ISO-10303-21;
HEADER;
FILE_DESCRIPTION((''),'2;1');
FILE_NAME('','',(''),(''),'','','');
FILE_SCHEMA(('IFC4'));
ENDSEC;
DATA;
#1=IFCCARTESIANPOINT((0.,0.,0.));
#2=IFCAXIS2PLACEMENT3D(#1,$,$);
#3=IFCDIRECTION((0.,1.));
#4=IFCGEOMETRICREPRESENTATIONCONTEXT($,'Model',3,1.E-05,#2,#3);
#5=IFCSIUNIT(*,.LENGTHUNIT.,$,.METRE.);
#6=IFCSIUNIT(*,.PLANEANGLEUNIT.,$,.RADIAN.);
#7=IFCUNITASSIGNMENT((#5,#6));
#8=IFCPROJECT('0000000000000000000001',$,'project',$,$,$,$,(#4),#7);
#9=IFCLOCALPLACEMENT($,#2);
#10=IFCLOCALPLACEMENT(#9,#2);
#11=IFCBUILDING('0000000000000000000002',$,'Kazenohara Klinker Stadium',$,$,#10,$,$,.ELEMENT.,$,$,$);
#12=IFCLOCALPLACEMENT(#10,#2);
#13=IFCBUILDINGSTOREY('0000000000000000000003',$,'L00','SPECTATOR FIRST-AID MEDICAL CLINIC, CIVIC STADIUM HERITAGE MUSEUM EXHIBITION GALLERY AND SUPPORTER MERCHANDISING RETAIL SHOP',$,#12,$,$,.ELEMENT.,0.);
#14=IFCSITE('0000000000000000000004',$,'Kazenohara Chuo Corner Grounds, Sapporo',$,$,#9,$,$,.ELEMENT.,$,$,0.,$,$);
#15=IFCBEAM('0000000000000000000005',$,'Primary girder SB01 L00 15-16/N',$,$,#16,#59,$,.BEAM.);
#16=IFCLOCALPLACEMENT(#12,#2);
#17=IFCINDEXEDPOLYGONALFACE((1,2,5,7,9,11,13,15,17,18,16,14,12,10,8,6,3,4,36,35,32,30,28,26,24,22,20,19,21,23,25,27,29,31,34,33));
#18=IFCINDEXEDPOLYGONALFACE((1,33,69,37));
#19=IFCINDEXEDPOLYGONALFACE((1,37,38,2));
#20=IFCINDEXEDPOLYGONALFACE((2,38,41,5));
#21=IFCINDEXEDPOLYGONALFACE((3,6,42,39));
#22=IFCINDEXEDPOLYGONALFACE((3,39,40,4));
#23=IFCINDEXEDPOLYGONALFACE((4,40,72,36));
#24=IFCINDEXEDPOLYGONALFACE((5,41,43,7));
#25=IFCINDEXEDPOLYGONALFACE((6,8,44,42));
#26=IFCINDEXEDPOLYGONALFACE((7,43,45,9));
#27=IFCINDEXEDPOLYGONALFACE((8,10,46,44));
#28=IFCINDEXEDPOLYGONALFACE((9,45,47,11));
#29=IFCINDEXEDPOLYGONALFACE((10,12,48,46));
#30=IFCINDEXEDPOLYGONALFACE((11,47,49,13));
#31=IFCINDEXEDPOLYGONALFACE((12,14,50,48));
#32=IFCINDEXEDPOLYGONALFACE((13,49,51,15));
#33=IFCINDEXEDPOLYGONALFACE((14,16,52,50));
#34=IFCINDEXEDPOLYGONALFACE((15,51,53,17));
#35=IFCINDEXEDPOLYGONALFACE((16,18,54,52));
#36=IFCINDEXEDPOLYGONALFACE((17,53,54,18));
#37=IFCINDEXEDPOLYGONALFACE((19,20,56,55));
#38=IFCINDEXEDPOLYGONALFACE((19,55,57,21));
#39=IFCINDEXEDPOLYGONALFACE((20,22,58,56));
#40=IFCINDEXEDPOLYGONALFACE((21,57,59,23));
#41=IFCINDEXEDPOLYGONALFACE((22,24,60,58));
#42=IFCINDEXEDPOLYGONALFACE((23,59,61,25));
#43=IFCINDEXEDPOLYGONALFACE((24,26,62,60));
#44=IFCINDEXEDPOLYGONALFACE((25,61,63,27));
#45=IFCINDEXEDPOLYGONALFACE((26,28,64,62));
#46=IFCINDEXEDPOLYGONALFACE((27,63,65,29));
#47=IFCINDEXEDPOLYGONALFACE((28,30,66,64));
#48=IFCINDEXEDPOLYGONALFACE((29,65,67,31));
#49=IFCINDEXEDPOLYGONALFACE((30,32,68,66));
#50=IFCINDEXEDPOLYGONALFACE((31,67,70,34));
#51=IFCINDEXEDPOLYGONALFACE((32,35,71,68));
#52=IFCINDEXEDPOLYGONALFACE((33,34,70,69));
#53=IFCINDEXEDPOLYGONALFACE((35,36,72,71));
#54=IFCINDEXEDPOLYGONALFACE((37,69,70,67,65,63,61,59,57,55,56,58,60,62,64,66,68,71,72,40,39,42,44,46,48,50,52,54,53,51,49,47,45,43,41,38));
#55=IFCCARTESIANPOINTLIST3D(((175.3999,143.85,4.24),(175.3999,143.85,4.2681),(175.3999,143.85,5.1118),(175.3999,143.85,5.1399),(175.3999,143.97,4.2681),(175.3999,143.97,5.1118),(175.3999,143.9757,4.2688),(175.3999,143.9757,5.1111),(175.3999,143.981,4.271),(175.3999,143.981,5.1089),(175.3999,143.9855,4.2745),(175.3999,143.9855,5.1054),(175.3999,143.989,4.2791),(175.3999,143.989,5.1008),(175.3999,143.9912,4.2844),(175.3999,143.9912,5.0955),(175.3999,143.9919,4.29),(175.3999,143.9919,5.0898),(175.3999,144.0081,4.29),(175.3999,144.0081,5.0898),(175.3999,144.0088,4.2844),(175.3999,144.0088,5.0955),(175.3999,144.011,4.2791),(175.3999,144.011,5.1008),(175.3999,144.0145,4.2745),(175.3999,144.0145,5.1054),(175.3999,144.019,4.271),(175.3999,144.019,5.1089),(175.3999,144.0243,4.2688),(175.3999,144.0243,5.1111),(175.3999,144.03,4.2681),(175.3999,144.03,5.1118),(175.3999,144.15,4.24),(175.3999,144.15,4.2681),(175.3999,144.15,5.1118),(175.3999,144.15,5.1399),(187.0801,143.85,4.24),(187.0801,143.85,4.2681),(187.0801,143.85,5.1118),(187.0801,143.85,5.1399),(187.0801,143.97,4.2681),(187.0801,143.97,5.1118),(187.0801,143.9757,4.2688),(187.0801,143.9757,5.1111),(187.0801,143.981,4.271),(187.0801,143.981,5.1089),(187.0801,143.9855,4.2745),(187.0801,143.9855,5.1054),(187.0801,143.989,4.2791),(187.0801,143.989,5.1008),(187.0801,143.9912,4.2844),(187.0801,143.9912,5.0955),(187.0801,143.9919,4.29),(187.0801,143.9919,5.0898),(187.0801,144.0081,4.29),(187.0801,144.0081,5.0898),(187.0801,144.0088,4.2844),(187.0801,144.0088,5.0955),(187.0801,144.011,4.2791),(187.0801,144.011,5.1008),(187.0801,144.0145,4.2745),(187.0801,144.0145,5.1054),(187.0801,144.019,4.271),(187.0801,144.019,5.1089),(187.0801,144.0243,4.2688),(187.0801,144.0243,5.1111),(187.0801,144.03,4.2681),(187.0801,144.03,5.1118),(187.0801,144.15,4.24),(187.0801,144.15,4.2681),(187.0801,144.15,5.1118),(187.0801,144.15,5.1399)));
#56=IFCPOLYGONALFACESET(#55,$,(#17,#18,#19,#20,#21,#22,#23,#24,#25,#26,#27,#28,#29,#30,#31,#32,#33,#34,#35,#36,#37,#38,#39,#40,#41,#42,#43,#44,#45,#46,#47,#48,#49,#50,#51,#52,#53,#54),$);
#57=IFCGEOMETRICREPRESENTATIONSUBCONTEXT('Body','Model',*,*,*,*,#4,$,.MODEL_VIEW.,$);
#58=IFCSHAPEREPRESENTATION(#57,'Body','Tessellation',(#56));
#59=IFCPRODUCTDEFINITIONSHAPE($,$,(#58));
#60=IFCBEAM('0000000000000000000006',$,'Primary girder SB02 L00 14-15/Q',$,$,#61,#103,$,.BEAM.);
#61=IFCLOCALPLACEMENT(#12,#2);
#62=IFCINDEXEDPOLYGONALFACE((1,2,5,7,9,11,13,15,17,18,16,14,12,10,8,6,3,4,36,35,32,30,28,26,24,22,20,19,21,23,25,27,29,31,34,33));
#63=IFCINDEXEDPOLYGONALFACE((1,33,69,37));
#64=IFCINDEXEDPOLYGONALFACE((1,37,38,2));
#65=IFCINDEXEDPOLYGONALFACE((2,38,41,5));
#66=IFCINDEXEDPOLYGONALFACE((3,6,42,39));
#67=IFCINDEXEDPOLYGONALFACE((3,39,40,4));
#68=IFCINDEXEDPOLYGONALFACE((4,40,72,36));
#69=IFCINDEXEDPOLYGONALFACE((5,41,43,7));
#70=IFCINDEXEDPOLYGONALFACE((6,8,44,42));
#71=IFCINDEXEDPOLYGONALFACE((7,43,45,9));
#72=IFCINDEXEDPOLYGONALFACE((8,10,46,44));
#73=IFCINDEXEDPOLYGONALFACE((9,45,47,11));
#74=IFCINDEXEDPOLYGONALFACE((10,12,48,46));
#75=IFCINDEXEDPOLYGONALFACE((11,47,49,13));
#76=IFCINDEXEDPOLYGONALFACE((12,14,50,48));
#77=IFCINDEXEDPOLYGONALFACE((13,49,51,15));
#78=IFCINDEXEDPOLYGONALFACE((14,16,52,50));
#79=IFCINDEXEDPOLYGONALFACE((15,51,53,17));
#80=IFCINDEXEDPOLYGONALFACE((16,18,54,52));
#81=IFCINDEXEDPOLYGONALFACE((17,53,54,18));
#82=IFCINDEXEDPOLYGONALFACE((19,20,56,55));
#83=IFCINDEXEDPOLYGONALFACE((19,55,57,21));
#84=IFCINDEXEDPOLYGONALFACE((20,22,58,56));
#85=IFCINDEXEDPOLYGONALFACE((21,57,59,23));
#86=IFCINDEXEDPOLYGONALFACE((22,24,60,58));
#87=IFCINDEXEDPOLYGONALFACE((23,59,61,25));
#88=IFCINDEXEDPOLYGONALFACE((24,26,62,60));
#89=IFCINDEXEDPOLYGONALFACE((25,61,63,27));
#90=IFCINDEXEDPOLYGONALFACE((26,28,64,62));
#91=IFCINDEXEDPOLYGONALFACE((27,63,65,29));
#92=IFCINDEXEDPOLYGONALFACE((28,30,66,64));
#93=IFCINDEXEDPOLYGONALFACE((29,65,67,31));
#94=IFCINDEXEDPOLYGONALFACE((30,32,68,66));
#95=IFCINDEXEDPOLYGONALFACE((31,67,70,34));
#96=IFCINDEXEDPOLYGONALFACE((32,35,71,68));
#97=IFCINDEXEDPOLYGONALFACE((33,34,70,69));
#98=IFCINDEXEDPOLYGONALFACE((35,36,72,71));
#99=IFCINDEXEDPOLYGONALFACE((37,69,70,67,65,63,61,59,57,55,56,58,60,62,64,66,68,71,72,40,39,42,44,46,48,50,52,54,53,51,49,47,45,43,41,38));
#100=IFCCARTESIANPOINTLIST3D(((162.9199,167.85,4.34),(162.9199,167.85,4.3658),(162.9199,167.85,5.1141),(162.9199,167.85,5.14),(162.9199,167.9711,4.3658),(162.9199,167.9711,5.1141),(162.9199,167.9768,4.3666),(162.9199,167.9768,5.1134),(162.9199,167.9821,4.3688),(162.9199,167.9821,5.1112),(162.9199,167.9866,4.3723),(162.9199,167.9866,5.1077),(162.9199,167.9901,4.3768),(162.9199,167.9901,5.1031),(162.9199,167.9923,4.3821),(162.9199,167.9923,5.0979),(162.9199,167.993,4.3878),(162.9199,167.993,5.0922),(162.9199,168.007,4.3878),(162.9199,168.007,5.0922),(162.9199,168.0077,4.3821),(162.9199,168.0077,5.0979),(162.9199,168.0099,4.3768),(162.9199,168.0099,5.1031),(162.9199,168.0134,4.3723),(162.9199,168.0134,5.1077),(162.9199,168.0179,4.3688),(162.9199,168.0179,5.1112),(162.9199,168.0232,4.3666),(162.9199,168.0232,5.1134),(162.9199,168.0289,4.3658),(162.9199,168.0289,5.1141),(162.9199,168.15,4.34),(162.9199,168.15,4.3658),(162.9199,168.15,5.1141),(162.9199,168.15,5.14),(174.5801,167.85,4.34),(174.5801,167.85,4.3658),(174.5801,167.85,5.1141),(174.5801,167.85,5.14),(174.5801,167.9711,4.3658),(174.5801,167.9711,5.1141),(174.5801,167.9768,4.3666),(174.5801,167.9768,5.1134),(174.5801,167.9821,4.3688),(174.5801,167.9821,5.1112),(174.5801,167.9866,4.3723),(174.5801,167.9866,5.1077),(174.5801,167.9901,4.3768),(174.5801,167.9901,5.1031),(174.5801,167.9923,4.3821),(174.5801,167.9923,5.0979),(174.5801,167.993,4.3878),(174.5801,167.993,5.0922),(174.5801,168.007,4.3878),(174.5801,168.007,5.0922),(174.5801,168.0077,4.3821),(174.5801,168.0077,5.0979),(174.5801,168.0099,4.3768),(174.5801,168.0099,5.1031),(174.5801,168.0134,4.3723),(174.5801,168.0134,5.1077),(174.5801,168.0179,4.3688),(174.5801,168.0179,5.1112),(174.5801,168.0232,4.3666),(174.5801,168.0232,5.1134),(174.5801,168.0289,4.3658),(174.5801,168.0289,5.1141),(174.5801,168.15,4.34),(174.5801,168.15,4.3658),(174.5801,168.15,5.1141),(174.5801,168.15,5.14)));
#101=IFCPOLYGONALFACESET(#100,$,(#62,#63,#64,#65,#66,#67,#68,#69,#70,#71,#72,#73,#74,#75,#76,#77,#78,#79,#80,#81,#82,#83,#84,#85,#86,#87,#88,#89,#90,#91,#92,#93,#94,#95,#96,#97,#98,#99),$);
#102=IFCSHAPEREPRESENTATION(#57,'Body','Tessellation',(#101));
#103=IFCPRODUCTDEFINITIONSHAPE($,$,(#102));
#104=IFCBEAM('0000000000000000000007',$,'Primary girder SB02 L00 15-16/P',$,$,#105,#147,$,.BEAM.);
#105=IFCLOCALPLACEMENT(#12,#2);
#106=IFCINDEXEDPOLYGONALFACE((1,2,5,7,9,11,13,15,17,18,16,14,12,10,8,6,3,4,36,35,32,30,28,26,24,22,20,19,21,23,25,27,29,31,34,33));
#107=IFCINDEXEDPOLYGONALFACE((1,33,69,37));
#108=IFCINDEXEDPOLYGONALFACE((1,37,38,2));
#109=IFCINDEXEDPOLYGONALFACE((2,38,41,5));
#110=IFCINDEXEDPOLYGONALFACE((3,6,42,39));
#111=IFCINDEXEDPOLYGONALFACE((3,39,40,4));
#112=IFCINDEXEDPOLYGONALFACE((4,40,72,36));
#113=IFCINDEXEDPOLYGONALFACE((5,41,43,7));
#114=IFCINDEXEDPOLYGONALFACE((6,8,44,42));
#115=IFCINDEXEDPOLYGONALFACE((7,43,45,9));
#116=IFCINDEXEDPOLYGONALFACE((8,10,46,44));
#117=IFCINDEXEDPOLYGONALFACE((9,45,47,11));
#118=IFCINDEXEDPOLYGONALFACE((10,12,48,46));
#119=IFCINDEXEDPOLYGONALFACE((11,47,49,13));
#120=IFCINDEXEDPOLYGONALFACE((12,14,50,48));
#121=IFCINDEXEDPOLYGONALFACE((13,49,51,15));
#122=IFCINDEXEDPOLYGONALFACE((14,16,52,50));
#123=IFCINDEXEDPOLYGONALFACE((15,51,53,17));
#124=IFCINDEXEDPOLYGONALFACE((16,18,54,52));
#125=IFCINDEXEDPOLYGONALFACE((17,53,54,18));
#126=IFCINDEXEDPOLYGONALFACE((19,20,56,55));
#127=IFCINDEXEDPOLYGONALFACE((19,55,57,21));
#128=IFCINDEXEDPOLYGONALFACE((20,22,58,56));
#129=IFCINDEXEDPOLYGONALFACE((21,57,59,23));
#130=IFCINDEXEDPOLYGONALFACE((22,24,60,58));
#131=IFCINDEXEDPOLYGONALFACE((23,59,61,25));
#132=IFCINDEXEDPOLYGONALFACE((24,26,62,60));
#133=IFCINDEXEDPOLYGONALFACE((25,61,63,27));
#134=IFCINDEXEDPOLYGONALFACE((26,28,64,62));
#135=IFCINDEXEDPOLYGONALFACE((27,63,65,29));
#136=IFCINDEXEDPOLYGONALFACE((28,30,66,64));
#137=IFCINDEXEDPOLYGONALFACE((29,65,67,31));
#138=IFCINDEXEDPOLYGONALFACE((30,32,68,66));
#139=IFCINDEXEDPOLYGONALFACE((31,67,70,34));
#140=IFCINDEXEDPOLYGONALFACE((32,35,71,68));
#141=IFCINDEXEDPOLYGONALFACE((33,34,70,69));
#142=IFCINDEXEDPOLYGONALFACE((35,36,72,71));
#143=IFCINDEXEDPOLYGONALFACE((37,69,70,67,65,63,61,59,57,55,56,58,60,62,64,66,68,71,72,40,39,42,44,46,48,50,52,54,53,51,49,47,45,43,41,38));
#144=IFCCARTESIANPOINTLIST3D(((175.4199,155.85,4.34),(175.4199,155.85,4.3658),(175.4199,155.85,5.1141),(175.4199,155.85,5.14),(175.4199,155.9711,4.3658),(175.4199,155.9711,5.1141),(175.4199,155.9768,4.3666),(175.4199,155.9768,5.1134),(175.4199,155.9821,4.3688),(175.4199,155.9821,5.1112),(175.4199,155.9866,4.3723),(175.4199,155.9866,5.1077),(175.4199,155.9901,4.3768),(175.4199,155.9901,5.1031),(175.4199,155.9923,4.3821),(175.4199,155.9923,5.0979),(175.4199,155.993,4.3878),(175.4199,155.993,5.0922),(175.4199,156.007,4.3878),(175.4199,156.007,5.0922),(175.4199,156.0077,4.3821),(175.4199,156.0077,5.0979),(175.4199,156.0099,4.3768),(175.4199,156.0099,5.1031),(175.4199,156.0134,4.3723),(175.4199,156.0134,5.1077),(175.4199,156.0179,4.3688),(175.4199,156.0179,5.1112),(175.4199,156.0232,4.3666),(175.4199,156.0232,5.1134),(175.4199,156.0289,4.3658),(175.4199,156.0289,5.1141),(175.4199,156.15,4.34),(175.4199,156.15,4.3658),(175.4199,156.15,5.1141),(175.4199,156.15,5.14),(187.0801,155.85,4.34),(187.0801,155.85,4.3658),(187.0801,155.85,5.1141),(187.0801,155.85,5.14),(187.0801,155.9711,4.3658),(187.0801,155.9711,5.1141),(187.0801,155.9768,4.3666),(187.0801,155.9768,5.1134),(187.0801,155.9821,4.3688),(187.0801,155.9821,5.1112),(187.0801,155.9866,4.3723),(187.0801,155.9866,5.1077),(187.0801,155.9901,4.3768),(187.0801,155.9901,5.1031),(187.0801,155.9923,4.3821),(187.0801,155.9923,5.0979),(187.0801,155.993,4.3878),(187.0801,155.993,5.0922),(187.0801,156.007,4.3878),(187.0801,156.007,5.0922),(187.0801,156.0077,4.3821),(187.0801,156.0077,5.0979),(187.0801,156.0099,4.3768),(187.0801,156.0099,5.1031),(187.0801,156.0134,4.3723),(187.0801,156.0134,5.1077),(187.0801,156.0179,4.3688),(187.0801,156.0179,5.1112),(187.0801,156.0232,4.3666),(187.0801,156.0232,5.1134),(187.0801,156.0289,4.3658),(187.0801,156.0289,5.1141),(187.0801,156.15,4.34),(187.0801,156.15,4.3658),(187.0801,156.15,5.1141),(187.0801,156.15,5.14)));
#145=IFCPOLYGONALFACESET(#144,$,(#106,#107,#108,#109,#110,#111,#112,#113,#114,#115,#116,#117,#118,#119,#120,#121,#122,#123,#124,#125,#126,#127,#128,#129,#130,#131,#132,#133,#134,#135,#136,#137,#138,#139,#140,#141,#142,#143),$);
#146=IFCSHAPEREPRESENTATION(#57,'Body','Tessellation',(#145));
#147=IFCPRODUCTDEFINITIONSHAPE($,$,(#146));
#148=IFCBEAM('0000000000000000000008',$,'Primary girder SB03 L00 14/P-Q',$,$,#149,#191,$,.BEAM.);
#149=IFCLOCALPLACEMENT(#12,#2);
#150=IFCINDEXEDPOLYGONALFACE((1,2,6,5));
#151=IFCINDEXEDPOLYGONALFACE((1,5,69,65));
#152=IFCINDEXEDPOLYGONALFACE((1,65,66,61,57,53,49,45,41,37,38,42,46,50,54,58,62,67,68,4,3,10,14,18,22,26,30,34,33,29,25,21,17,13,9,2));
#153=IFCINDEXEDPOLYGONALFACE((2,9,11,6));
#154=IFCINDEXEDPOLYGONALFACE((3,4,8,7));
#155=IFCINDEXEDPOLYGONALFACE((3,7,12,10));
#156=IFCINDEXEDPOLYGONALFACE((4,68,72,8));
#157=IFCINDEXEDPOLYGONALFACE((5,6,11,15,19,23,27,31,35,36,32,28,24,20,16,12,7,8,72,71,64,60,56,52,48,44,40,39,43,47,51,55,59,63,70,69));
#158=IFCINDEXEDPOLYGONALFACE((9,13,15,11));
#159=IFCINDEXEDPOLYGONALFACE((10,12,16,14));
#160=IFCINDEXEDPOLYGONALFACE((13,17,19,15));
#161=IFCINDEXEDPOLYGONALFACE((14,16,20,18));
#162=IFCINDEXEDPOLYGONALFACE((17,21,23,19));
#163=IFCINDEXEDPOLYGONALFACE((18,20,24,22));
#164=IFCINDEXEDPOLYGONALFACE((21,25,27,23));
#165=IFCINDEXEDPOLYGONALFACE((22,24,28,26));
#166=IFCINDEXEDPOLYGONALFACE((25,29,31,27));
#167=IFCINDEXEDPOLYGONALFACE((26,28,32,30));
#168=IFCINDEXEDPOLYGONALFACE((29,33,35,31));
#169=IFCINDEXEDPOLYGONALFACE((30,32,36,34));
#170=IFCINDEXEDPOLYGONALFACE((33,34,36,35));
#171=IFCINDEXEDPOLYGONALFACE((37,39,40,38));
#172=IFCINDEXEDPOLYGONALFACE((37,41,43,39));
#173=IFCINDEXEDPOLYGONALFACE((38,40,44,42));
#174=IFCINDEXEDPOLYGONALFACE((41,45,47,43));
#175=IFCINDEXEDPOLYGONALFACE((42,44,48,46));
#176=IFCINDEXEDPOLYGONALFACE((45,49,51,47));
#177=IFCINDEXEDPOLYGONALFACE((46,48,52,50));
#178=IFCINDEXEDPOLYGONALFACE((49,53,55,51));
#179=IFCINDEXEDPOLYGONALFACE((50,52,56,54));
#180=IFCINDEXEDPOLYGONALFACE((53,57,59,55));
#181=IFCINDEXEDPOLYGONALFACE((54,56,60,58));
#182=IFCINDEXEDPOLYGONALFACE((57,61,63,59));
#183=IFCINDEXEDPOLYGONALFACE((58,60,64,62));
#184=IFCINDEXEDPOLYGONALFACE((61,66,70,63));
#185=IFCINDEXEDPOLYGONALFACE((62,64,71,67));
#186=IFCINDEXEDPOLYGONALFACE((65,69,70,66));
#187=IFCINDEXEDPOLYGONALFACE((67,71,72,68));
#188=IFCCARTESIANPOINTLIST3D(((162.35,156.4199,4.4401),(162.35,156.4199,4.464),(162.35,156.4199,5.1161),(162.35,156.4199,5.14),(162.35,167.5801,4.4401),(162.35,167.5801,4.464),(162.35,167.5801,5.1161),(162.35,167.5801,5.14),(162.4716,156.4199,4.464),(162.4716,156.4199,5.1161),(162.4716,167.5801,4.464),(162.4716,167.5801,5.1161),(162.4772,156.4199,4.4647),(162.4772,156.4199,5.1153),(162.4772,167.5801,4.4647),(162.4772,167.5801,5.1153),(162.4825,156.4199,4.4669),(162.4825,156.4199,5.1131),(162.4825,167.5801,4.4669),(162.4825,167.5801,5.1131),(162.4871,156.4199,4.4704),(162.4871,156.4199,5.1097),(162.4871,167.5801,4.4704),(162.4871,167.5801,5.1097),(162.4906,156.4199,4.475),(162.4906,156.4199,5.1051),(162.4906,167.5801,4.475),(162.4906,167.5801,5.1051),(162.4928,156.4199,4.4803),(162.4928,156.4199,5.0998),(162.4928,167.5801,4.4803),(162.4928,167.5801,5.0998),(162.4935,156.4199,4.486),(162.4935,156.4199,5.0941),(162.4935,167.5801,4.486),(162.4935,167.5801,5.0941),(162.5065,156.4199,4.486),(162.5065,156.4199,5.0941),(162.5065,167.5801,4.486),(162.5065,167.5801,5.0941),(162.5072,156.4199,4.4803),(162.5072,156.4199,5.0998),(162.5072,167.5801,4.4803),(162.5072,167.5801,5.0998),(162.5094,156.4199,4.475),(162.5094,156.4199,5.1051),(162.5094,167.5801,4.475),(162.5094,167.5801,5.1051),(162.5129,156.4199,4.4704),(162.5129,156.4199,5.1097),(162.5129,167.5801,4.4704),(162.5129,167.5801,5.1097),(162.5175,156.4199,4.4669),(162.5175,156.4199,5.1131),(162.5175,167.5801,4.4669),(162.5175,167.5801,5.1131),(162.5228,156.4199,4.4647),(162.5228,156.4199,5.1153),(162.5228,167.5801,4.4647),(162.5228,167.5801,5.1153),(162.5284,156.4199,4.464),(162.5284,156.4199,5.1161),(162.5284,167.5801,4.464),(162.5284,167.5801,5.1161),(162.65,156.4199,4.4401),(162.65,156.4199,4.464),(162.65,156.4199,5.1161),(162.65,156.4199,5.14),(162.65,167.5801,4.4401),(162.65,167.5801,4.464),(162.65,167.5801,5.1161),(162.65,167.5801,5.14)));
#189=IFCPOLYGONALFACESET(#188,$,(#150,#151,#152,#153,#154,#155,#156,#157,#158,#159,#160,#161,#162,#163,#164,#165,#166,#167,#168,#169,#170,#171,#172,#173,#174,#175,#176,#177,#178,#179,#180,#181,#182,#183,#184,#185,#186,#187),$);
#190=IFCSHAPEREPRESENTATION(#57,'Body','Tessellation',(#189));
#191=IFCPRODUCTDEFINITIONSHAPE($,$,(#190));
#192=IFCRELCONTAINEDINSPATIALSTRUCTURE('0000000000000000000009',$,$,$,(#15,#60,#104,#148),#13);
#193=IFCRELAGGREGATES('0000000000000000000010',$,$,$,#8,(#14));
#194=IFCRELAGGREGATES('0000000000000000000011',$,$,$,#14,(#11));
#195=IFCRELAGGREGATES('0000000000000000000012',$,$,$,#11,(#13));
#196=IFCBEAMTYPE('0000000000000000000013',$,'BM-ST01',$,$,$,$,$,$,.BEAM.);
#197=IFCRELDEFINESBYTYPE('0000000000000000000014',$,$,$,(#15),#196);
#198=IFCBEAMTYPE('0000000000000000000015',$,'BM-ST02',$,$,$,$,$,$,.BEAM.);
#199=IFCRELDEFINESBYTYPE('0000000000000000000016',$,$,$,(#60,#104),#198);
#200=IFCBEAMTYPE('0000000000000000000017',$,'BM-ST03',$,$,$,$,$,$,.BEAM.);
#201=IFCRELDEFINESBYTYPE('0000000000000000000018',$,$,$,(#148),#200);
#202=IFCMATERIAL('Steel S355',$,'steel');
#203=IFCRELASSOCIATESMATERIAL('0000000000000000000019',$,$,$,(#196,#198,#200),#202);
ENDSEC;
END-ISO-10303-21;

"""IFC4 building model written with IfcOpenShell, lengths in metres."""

from ifc_helpers import new_model, si_unit, direction, frame, origin, origin_2d, place, context, subcontext, project, spatial, i_section, extrude, material, material_profile, profile_set, type_object, element, save


model = new_model("IFC4")

# Units and contexts
model_context = context("Model", 3, precision=1e-05, world=origin(), true_north=direction((0.0, 1.0)))
body_context = subcontext(model_context, "Body", "Model", "MODEL_VIEW")
ifc_project = project(units=[si_unit("LENGTHUNIT", "METRE"), si_unit("PLANEANGLEUNIT", "RADIAN")], contexts=[model_context])

# Site, building, storey
site_placement = place(None, origin())
site = spatial("IfcSite", under=ifc_project, at=site_placement, Name="Kazenohara Chuo Corner Grounds, Sapporo", CompositionType="ELEMENT", RefElevation=0.0)
building_placement = place(site_placement, origin())
building = spatial("IfcBuilding", under=site, at=building_placement, Name="Kazenohara Klinker Stadium", CompositionType="ELEMENT")
storey_placement = place(building_placement, origin())
storey = spatial("IfcBuildingStorey", under=building, at=storey_placement, Name="L00", Description="SPECTATOR FIRST-AID MEDICAL CLINIC, CIVIC STADIUM HERITAGE MUSEUM EXHIBITION GALLERY AND SUPPORTER MERCHANDISING RETAIL SHOP", CompositionType="ELEMENT", Elevation=0.0)

# Beams
ifc_material_1 = material(Name="Steel S355", Category="steel")
ifc_material_profile_1 = material_profile(ifc_material_1, i_section(OverallWidth=0.3, OverallDepth=0.8999, WebThickness=0.0161, FlangeThickness=0.0281, FilletRadius=0.022, at=origin_2d()), Name="H-900x300x16x28")
ifc_profile_set_1 = profile_set([ifc_material_profile_1], Name="Steel S355")
beam_type_1 = type_object("IfcBeamType", Name="BM-ST01", PredefinedType="BEAM", material=ifc_profile_set_1)
for number, where, z_axis, x_axis, name in (
    (1, (175.3999, 144.0, 4.6899), (1.0, 0.0, 0.0), (0.0, 1.0, 0.0), "Primary girder SB01 L00 15-16/N"),
):
    element("IfcBeam", number, at=place(storey_placement, frame(where, z_axis=z_axis, x_axis=x_axis)), inside=storey, type_object=beam_type_1, Name=name, PredefinedType="BEAM", context=body_context, shape_type="SweptSolid", body=[
        extrude(i_section(OverallWidth=0.3, OverallDepth=0.8999, WebThickness=0.0161, FlangeThickness=0.0281, FilletRadius=0.022, at=origin_2d()), origin(), (0.0, 0.0, 1.0), 11.6802),
    ])
ifc_material_profile_2 = material_profile(ifc_material_1, i_section(OverallWidth=0.3, OverallDepth=0.8, WebThickness=0.0139, FlangeThickness=0.0259, FilletRadius=0.022, at=origin_2d()), Name="H-800x300x14x26")
ifc_profile_set_2 = profile_set([ifc_material_profile_2], Name="Steel S355")
beam_type_2 = type_object("IfcBeamType", Name="BM-ST02", PredefinedType="BEAM", material=ifc_profile_set_2)
for number, where, z_axis, x_axis, name in (
    (2, (162.9199, 168.0, 4.74), (1.0, 0.0, 0.0), (0.0, 1.0, 0.0), "Primary girder SB02 L00 14-15/Q"),
    (3, (175.4199, 156.0, 4.74), (1.0, 0.0, 0.0), (0.0, 1.0, 0.0), "Primary girder SB02 L00 15-16/P"),
):
    element("IfcBeam", number, at=place(storey_placement, frame(where, z_axis=z_axis, x_axis=x_axis)), inside=storey, type_object=beam_type_2, Name=name, PredefinedType="BEAM", context=body_context, shape_type="SweptSolid", body=[
        extrude(i_section(OverallWidth=0.3, OverallDepth=0.8, WebThickness=0.0139, FlangeThickness=0.0259, FilletRadius=0.022, at=origin_2d()), origin(), (0.0, 0.0, 1.0), 11.6602),
    ])
ifc_material_profile_3 = material_profile(ifc_material_1, i_section(OverallWidth=0.3, OverallDepth=0.7, WebThickness=0.0129, FlangeThickness=0.0239, FilletRadius=0.022, at=origin_2d()), Name="H-700x300x13x24")
ifc_profile_set_3 = profile_set([ifc_material_profile_3], Name="Steel S355")
beam_type_3 = type_object("IfcBeamType", Name="BM-ST03", PredefinedType="BEAM", material=ifc_profile_set_3)
for number, where, z_axis, x_axis, name in (
    (4, (162.5, 156.4199, 4.79), (0.0, 1.0, 0.0), (-1.0, 0.0, 0.0), "Primary girder SB03 L00 14/P-Q"),
):
    element("IfcBeam", number, at=place(storey_placement, frame(where, z_axis=z_axis, x_axis=x_axis)), inside=storey, type_object=beam_type_3, Name=name, PredefinedType="BEAM", context=body_context, shape_type="SweptSolid", body=[
        extrude(i_section(OverallWidth=0.3, OverallDepth=0.7, WebThickness=0.0129, FlangeThickness=0.0239, FilletRadius=0.022, at=origin_2d()), origin(), (0.0, 0.0, 1.0), 11.1602),
    ])

save(model, "model.ifc")
